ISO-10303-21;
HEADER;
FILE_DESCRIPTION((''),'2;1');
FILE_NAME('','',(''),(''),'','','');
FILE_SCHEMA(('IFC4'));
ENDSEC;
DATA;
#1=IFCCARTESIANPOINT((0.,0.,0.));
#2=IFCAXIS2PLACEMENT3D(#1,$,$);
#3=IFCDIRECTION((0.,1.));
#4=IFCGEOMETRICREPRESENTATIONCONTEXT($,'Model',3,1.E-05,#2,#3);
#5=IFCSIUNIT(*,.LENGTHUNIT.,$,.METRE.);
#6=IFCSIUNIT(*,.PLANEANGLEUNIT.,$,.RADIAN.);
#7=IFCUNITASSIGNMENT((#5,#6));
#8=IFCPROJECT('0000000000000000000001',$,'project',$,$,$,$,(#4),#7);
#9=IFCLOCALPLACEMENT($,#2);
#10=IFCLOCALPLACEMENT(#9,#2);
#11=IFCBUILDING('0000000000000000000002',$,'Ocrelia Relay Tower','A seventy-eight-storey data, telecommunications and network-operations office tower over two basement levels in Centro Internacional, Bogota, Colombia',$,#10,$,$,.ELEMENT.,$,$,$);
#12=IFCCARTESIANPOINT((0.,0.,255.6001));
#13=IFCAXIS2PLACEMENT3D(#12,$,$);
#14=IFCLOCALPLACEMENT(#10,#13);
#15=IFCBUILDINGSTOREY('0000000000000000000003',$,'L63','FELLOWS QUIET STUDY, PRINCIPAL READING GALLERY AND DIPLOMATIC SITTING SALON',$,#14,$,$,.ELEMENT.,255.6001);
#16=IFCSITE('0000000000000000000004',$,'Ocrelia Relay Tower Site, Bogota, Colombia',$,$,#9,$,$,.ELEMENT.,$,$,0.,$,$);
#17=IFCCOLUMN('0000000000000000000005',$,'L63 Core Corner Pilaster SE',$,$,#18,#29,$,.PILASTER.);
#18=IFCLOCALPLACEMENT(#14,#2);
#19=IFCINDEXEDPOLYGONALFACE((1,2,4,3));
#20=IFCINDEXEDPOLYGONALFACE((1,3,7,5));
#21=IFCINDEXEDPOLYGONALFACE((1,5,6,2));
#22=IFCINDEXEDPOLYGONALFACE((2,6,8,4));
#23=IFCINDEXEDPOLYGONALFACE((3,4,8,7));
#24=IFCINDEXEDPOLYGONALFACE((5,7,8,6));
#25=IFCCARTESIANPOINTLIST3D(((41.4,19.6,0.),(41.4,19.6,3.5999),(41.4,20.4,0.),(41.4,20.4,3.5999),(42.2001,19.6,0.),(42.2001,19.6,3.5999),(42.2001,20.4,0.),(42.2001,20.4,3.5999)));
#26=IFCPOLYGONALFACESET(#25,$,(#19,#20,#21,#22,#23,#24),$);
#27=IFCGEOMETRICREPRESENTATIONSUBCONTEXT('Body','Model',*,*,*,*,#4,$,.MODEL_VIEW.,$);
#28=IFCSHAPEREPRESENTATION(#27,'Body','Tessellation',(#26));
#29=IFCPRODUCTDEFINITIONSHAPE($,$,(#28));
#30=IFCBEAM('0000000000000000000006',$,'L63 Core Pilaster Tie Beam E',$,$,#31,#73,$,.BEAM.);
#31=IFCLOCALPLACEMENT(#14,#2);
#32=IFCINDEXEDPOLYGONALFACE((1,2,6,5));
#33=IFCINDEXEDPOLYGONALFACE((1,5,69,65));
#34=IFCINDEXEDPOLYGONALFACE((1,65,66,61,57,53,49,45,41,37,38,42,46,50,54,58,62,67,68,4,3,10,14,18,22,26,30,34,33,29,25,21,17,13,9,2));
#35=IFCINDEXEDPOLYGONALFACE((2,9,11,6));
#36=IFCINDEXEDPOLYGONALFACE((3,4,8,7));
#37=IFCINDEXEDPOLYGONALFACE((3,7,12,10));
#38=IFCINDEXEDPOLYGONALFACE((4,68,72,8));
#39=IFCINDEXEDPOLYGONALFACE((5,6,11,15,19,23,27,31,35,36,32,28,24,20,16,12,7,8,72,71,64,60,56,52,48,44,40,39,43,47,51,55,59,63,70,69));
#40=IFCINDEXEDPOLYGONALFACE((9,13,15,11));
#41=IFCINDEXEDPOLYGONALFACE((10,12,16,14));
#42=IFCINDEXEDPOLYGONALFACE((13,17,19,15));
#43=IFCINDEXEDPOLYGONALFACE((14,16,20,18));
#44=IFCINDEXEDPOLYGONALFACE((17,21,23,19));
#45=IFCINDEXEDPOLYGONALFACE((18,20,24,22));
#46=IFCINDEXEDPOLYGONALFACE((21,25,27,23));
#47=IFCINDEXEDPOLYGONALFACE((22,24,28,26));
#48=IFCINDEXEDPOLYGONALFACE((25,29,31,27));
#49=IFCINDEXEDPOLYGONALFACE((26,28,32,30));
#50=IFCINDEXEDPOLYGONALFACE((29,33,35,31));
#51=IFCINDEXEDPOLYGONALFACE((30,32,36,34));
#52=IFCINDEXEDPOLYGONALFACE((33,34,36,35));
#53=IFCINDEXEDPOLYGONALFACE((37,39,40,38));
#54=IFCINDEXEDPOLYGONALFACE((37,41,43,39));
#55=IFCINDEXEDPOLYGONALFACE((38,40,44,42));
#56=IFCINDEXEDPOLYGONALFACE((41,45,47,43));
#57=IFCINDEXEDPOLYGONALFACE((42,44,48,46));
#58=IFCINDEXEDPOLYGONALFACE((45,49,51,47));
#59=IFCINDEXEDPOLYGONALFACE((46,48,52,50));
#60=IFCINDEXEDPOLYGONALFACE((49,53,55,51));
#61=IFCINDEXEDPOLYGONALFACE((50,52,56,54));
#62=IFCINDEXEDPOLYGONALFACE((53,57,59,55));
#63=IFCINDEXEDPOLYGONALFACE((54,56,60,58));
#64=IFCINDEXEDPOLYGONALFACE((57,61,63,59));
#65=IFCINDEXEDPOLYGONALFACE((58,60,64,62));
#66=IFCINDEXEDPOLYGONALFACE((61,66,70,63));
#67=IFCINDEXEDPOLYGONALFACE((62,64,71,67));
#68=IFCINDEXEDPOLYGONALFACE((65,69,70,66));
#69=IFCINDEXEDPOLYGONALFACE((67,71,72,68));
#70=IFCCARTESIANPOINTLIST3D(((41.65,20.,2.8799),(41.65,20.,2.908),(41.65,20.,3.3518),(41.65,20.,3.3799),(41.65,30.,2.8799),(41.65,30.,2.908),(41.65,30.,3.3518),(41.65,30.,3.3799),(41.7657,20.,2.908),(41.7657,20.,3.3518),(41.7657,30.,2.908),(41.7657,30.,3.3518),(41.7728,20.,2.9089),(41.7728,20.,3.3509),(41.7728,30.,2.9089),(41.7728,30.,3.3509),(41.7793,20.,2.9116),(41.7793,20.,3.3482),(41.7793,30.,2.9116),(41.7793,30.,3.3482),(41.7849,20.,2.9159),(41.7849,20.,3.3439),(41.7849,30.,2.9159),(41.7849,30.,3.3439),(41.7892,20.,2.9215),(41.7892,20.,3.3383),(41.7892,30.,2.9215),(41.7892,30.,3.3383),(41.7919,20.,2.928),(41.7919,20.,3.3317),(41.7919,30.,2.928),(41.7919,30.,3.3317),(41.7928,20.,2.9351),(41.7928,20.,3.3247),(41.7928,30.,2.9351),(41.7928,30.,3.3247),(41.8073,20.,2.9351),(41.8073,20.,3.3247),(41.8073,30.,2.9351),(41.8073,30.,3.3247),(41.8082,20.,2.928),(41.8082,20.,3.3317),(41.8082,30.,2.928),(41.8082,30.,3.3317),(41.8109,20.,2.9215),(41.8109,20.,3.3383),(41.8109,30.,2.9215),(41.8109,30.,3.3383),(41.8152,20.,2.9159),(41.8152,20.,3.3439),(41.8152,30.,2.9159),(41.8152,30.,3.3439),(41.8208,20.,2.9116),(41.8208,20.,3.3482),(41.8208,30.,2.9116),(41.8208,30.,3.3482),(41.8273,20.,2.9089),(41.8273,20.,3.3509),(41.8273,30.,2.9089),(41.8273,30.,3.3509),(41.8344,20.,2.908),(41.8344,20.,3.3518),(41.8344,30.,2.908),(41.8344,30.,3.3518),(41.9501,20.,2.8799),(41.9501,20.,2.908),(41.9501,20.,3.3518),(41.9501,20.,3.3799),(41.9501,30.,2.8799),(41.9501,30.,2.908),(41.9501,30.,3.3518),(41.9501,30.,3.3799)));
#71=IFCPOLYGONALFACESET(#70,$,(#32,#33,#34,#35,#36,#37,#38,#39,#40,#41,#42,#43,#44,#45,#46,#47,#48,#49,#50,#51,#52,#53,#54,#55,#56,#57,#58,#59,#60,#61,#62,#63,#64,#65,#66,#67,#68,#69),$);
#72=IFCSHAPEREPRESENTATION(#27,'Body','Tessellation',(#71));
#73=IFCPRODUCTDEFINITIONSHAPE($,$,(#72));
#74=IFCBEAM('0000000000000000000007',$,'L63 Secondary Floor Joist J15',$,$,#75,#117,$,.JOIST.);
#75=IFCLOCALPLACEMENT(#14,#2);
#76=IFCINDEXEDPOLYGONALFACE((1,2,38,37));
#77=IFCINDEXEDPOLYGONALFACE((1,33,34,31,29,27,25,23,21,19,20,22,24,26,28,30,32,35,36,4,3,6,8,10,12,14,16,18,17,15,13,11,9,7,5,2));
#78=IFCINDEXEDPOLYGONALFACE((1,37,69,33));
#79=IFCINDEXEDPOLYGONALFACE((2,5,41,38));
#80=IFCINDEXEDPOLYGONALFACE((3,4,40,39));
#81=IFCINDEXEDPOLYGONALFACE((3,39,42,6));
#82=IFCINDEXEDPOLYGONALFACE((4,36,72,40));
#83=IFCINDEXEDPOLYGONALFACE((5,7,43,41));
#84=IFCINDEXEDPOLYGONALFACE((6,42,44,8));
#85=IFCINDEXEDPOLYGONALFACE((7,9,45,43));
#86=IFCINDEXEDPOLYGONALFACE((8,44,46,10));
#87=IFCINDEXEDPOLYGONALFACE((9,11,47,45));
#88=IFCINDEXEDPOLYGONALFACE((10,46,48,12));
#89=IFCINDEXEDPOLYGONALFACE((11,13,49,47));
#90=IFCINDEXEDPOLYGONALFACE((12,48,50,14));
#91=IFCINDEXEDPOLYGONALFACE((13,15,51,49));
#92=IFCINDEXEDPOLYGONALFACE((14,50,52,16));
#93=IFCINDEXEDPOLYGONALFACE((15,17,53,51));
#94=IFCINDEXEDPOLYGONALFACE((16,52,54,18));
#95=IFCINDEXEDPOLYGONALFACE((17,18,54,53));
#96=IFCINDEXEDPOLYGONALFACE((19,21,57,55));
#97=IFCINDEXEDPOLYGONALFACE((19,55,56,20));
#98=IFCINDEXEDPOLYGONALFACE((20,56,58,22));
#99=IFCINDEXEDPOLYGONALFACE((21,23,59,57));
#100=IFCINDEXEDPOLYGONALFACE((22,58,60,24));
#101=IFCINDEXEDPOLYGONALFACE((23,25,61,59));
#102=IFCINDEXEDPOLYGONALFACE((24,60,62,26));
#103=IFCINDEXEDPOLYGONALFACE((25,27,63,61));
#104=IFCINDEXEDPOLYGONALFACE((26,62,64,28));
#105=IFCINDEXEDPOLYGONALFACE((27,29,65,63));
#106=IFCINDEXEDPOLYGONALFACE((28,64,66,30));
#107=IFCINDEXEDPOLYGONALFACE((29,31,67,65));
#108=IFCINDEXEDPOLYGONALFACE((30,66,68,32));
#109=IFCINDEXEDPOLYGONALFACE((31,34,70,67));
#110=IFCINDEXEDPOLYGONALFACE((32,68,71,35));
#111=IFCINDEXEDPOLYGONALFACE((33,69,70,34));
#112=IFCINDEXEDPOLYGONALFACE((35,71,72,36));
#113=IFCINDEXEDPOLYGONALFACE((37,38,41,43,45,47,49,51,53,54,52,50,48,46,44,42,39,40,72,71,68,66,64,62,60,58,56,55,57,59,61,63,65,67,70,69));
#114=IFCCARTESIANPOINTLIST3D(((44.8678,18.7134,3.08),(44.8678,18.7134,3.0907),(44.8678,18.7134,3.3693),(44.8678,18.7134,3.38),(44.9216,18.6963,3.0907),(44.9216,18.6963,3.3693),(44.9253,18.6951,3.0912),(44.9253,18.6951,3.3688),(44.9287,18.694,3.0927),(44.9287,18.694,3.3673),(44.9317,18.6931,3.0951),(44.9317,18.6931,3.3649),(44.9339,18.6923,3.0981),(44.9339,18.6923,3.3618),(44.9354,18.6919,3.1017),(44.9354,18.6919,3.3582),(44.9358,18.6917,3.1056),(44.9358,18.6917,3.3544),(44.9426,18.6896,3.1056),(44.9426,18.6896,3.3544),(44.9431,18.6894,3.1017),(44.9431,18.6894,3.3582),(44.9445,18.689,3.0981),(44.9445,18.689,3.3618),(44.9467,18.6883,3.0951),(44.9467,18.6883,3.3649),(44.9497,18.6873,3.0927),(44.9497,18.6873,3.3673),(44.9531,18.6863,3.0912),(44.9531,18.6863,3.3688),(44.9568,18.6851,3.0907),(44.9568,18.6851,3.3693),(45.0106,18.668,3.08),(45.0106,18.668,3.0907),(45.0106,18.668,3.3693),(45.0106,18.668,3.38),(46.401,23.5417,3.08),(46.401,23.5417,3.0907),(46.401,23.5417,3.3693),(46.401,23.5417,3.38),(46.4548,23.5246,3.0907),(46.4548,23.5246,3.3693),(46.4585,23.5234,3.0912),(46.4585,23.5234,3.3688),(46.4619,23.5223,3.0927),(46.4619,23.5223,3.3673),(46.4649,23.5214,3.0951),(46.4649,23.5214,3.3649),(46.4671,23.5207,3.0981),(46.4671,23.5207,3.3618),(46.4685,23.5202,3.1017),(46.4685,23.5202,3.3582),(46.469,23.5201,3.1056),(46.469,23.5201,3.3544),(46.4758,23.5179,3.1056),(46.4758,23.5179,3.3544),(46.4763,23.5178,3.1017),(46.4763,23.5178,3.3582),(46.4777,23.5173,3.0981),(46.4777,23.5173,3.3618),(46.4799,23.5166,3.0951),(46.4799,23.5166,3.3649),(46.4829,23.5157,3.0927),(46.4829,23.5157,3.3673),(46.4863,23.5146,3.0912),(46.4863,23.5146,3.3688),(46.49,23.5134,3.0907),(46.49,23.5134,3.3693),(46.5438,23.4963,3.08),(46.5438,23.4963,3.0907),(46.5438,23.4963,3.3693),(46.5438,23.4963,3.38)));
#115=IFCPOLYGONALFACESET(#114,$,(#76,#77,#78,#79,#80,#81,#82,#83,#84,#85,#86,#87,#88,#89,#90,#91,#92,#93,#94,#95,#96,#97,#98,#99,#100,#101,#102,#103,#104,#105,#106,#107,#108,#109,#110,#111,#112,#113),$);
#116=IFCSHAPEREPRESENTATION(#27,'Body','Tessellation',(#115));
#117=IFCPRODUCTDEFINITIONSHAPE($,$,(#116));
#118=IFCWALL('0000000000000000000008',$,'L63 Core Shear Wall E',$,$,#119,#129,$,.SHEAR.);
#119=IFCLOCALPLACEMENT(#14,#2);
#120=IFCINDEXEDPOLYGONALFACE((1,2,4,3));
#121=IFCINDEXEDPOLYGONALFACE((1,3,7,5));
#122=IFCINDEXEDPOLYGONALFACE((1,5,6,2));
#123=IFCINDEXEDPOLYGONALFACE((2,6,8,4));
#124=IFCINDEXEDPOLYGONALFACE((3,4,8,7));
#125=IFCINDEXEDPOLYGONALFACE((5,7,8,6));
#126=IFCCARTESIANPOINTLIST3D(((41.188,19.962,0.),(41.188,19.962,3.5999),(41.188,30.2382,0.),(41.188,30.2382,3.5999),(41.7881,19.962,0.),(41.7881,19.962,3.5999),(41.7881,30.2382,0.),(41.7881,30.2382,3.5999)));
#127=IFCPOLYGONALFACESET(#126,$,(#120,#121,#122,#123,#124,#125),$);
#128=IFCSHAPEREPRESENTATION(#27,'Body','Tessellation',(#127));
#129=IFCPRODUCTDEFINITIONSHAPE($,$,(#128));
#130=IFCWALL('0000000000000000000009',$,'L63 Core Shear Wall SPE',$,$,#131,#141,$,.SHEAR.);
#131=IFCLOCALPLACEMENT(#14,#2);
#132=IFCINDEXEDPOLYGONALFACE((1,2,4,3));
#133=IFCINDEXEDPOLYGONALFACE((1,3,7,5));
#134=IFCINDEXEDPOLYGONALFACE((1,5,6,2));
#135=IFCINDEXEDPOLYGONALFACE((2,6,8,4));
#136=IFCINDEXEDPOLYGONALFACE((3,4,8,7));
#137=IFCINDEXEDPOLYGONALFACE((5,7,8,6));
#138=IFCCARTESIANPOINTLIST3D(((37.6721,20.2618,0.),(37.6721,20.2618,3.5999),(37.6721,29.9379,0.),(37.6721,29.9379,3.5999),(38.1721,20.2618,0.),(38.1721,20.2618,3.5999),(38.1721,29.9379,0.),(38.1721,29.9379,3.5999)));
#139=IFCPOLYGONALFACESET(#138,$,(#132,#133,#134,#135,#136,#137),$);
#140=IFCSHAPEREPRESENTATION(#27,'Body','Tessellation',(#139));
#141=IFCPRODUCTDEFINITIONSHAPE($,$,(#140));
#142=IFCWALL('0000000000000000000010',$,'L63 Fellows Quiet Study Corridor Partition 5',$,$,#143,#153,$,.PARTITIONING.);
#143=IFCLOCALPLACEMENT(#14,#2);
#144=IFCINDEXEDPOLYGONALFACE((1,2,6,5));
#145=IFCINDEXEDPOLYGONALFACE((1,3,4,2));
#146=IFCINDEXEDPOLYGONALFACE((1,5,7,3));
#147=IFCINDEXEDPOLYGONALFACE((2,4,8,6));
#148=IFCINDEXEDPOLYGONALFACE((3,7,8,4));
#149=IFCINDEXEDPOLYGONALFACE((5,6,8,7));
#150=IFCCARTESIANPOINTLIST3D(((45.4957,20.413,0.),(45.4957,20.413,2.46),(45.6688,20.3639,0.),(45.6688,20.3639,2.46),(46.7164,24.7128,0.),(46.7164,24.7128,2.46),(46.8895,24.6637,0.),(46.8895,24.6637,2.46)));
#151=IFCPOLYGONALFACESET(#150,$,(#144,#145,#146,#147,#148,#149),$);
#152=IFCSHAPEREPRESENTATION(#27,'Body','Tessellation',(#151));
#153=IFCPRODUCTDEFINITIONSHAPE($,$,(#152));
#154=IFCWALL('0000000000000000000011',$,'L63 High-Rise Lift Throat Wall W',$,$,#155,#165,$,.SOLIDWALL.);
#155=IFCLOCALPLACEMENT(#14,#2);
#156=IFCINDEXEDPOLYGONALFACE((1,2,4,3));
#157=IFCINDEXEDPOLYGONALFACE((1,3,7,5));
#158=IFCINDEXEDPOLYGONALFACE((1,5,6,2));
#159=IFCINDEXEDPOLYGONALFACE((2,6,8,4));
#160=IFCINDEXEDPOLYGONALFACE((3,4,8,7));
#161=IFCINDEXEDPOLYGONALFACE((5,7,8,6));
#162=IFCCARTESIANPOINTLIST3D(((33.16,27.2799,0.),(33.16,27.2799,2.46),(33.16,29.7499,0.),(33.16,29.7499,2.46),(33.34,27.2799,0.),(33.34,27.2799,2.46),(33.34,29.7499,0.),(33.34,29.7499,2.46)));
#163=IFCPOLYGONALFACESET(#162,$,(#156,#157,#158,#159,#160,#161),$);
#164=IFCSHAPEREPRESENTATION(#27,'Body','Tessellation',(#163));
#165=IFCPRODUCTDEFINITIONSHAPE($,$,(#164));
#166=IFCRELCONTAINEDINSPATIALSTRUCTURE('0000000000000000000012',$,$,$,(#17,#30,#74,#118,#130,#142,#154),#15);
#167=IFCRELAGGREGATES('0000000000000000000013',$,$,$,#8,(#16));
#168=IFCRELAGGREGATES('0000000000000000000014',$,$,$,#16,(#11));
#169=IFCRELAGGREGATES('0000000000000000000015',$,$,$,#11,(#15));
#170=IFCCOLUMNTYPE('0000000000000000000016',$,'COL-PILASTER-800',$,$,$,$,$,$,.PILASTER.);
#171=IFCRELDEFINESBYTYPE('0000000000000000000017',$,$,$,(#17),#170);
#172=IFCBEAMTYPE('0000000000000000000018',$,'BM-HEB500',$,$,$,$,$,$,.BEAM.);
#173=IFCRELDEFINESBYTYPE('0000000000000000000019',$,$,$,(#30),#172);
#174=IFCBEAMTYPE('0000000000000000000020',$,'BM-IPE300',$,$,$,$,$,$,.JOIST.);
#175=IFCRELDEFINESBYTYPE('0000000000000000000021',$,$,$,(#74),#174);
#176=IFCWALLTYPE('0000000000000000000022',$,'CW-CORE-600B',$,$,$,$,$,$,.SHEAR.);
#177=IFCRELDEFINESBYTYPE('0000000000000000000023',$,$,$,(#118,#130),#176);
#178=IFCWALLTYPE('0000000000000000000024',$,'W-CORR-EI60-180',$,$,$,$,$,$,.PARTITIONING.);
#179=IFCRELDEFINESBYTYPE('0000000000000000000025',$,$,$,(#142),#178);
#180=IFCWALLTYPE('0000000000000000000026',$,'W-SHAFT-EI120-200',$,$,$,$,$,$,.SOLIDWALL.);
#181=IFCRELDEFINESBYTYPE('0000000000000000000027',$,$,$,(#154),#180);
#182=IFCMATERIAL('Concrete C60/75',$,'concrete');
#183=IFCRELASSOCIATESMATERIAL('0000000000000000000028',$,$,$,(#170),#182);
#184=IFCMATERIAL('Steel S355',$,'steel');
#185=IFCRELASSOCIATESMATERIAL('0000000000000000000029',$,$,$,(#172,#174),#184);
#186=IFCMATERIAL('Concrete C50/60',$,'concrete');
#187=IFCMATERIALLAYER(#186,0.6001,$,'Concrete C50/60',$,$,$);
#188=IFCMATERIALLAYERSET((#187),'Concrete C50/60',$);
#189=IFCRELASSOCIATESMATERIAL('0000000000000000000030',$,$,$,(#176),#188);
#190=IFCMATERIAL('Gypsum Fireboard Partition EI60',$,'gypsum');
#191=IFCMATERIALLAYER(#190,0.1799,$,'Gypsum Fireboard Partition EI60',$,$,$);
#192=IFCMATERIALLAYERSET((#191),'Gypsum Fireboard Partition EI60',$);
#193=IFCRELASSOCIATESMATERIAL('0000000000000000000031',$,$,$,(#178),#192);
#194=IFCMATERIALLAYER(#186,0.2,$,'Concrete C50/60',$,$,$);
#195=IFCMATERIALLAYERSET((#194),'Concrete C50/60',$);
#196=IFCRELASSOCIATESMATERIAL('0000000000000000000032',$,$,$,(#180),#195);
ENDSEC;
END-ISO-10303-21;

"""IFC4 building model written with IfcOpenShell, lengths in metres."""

from ifc_helpers import new_model, si_unit, direction, frame, frame_2d, origin, origin_2d, place, context, subcontext, project, spatial, rectangle, i_section, extrude, material, layer, layer_set, material_profile, profile_set, type_object, element, save


model = new_model("IFC4")

# Units and contexts
model_context = context("Model", 3, precision=1e-05, world=origin(), true_north=direction((0.0, 1.0)))
body_context = subcontext(model_context, "Body", "Model", "MODEL_VIEW")
ifc_project = project(units=[si_unit("LENGTHUNIT", "METRE"), si_unit("PLANEANGLEUNIT", "RADIAN")], contexts=[model_context])

# Site, building, storey
site_placement = place(None, origin())
site = spatial("IfcSite", under=ifc_project, at=site_placement, Name="Ocrelia Relay Tower Site, Bogota, Colombia", CompositionType="ELEMENT", RefElevation=0.0)
building_placement = place(site_placement, origin())
building = spatial("IfcBuilding", under=site, at=building_placement, Name="Ocrelia Relay Tower", Description="A seventy-eight-storey data, telecommunications and network-operations office tower over two basement levels in Centro Internacional, Bogota, Colombia", CompositionType="ELEMENT")
storey_placement = place(building_placement, frame((0.0, 0.0, 255.6001)))
storey = spatial("IfcBuildingStorey", under=building, at=storey_placement, Name="L63", Description="FELLOWS QUIET STUDY, PRINCIPAL READING GALLERY AND DIPLOMATIC SITTING SALON", CompositionType="ELEMENT", Elevation=255.6001)

# Column
ifc_material_1 = material(Name="Concrete C60/75", Category="concrete")
ifc_material_profile_1 = material_profile(ifc_material_1, rectangle(XDim=0.8, YDim=0.8, at=origin_2d()), Name="RC-COL-800x800")
ifc_profile_set_1 = profile_set([ifc_material_profile_1], Name="Concrete C60/75")
column_type = type_object("IfcColumnType", Name="COL-PILASTER-800", PredefinedType="PILASTER", material=ifc_profile_set_1)
column_placement = place(storey_placement, frame((41.8, 20.0, 0.0), z_axis=(0.0, 0.0, 1.0), x_axis=(1.0, 0.0, 0.0)))
element("IfcColumn", 1, at=column_placement, inside=storey, type_object=column_type, Name="L63 Core Corner Pilaster SE", PredefinedType="PILASTER", context=body_context, shape_type="SweptSolid", body=[
    extrude(rectangle(XDim=0.8, YDim=0.8, at=origin_2d()), origin(), (0.0, 0.0, 1.0), 3.5999),
])

# Beams
ifc_material_2 = material(Name="Steel S355", Category="steel")
ifc_material_profile_2 = material_profile(ifc_material_2, i_section(OverallWidth=0.3, OverallDepth=0.5, WebThickness=0.0144, FlangeThickness=0.0281, FilletRadius=0.0271, at=origin_2d()), Name="HEB 500")
ifc_profile_set_2 = profile_set([ifc_material_profile_2], Name="Steel S355")
beam_type_1 = type_object("IfcBeamType", Name="BM-HEB500", PredefinedType="BEAM", material=ifc_profile_set_2)
beam_1_placement = place(storey_placement, frame((41.8, 20.0, 3.1299), z_axis=(0.0, 1.0, 0.0), x_axis=(-1.0, 0.0, 0.0)))
element("IfcBeam", 2, at=beam_1_placement, inside=storey, type_object=beam_type_1, Name="L63 Core Pilaster Tie Beam E", PredefinedType="BEAM", context=body_context, shape_type="SweptSolid", body=[
    extrude(i_section(OverallWidth=0.3, OverallDepth=0.5, WebThickness=0.0144, FlangeThickness=0.0281, FilletRadius=0.0271, at=origin_2d()), origin(), (0.0, 0.0, 1.0), 10.0),
])
ifc_material_profile_3 = material_profile(ifc_material_2, i_section(OverallWidth=0.1499, OverallDepth=0.3, WebThickness=0.0071, FlangeThickness=0.0107, FilletRadius=0.0149, at=origin_2d()), Name="IPE 300")
ifc_profile_set_3 = profile_set([ifc_material_profile_3], Name="Steel S355")
beam_type_2 = type_object("IfcBeamType", Name="BM-IPE300", PredefinedType="JOIST", material=ifc_profile_set_3)
beam_2_placement = place(storey_placement, frame((44.9392, 18.6907, 3.23), z_axis=(0.302649, 0.953102, 0.0), x_axis=(-0.953102, 0.302649, 0.0)))
element("IfcBeam", 3, at=beam_2_placement, inside=storey, type_object=beam_type_2, Name="L63 Secondary Floor Joist J15", PredefinedType="JOIST", context=body_context, shape_type="SweptSolid", body=[
    extrude(i_section(OverallWidth=0.1499, OverallDepth=0.3, WebThickness=0.0071, FlangeThickness=0.0107, FilletRadius=0.0149, at=origin_2d()), origin(), (0.0, 0.0, 1.0), 5.0659),
])

# Walls
ifc_material_3 = material(Name="Concrete C50/60", Category="concrete")
ifc_layer_1 = layer(ifc_material_3, 0.6001, Name="Concrete C50/60")
ifc_layer_set_1 = layer_set([ifc_layer_1], Name="Concrete C50/60")
wall_type_1 = type_object("IfcWallType", Name="CW-CORE-600B", PredefinedType="SHEAR", material=ifc_layer_set_1)
wall_1_placement = place(storey_placement, frame((41.488, 19.9619, 0.0), z_axis=(0.0, 0.0, 1.0), x_axis=(0.0, 1.0, 0.0)))
element("IfcWall", 4, at=wall_1_placement, inside=storey, type_object=wall_type_1, Name="L63 Core Shear Wall E", PredefinedType="SHEAR", context=body_context, shape_type="SweptSolid", body=[
    extrude(rectangle(XDim=10.2761, YDim=0.6001, at=frame_2d((5.1382, 0.0))), origin(), (0.0, 0.0, 1.0), 3.5999),
])
wall_2_placement = place(storey_placement, frame((37.9221, 20.262, 0.0), z_axis=(0.0, 0.0, 1.0), x_axis=(0.0, 1.0, 0.0)))
element("IfcWall", 5, at=wall_2_placement, inside=storey, type_object=wall_type_1, Name="L63 Core Shear Wall SPE", PredefinedType="SHEAR", context=body_context, shape_type="SweptSolid", body=[
    extrude(rectangle(XDim=9.676, YDim=0.5, at=frame_2d((4.8379, 0.0))), origin(), (0.0, 0.0, 1.0), 3.5999),
])
ifc_material_4 = material(Name="Gypsum Fireboard Partition EI60", Category="gypsum")
ifc_layer_2 = layer(ifc_material_4, 0.1799, Name="Gypsum Fireboard Partition EI60")
ifc_layer_set_2 = layer_set([ifc_layer_2], Name="Gypsum Fireboard Partition EI60")
wall_type_2 = type_object("IfcWallType", Name="W-CORR-EI60-180", PredefinedType="PARTITIONING", material=ifc_layer_set_2)
wall_3_placement = place(storey_placement, frame((45.5823, 20.3884, 0.0), z_axis=(0.0, 0.0, 1.0), x_axis=(0.273105, 0.961984, 0.0)))
element("IfcWall", 6, at=wall_3_placement, inside=storey, type_object=wall_type_2, Name="L63 Fellows Quiet Study Corridor Partition 5", PredefinedType="PARTITIONING", context=body_context, shape_type="SweptSolid", body=[
    extrude(rectangle(XDim=4.4697, YDim=0.1799, at=frame_2d((2.2349, 0.0))), origin(), (0.0, 0.0, 1.0), 2.46),
])
ifc_layer_3 = layer(ifc_material_3, 0.2, Name="Concrete C50/60")
ifc_layer_set_3 = layer_set([ifc_layer_3], Name="Concrete C50/60")
wall_type_3 = type_object("IfcWallType", Name="W-SHAFT-EI120-200", PredefinedType="SOLIDWALL", material=ifc_layer_set_3)
wall_4_placement = place(storey_placement, frame((33.25, 27.28, 0.0), z_axis=(0.0, 0.0, 1.0), x_axis=(0.0, 1.0, 0.0)))
element("IfcWall", 7, at=wall_4_placement, inside=storey, type_object=wall_type_3, Name="L63 High-Rise Lift Throat Wall W", PredefinedType="SOLIDWALL", context=body_context, shape_type="SweptSolid", body=[
    extrude(rectangle(XDim=2.47, YDim=0.1799, at=frame_2d((1.2349, 0.0))), origin(), (0.0, 0.0, 1.0), 2.46),
])

save(model, "model.ifc")
